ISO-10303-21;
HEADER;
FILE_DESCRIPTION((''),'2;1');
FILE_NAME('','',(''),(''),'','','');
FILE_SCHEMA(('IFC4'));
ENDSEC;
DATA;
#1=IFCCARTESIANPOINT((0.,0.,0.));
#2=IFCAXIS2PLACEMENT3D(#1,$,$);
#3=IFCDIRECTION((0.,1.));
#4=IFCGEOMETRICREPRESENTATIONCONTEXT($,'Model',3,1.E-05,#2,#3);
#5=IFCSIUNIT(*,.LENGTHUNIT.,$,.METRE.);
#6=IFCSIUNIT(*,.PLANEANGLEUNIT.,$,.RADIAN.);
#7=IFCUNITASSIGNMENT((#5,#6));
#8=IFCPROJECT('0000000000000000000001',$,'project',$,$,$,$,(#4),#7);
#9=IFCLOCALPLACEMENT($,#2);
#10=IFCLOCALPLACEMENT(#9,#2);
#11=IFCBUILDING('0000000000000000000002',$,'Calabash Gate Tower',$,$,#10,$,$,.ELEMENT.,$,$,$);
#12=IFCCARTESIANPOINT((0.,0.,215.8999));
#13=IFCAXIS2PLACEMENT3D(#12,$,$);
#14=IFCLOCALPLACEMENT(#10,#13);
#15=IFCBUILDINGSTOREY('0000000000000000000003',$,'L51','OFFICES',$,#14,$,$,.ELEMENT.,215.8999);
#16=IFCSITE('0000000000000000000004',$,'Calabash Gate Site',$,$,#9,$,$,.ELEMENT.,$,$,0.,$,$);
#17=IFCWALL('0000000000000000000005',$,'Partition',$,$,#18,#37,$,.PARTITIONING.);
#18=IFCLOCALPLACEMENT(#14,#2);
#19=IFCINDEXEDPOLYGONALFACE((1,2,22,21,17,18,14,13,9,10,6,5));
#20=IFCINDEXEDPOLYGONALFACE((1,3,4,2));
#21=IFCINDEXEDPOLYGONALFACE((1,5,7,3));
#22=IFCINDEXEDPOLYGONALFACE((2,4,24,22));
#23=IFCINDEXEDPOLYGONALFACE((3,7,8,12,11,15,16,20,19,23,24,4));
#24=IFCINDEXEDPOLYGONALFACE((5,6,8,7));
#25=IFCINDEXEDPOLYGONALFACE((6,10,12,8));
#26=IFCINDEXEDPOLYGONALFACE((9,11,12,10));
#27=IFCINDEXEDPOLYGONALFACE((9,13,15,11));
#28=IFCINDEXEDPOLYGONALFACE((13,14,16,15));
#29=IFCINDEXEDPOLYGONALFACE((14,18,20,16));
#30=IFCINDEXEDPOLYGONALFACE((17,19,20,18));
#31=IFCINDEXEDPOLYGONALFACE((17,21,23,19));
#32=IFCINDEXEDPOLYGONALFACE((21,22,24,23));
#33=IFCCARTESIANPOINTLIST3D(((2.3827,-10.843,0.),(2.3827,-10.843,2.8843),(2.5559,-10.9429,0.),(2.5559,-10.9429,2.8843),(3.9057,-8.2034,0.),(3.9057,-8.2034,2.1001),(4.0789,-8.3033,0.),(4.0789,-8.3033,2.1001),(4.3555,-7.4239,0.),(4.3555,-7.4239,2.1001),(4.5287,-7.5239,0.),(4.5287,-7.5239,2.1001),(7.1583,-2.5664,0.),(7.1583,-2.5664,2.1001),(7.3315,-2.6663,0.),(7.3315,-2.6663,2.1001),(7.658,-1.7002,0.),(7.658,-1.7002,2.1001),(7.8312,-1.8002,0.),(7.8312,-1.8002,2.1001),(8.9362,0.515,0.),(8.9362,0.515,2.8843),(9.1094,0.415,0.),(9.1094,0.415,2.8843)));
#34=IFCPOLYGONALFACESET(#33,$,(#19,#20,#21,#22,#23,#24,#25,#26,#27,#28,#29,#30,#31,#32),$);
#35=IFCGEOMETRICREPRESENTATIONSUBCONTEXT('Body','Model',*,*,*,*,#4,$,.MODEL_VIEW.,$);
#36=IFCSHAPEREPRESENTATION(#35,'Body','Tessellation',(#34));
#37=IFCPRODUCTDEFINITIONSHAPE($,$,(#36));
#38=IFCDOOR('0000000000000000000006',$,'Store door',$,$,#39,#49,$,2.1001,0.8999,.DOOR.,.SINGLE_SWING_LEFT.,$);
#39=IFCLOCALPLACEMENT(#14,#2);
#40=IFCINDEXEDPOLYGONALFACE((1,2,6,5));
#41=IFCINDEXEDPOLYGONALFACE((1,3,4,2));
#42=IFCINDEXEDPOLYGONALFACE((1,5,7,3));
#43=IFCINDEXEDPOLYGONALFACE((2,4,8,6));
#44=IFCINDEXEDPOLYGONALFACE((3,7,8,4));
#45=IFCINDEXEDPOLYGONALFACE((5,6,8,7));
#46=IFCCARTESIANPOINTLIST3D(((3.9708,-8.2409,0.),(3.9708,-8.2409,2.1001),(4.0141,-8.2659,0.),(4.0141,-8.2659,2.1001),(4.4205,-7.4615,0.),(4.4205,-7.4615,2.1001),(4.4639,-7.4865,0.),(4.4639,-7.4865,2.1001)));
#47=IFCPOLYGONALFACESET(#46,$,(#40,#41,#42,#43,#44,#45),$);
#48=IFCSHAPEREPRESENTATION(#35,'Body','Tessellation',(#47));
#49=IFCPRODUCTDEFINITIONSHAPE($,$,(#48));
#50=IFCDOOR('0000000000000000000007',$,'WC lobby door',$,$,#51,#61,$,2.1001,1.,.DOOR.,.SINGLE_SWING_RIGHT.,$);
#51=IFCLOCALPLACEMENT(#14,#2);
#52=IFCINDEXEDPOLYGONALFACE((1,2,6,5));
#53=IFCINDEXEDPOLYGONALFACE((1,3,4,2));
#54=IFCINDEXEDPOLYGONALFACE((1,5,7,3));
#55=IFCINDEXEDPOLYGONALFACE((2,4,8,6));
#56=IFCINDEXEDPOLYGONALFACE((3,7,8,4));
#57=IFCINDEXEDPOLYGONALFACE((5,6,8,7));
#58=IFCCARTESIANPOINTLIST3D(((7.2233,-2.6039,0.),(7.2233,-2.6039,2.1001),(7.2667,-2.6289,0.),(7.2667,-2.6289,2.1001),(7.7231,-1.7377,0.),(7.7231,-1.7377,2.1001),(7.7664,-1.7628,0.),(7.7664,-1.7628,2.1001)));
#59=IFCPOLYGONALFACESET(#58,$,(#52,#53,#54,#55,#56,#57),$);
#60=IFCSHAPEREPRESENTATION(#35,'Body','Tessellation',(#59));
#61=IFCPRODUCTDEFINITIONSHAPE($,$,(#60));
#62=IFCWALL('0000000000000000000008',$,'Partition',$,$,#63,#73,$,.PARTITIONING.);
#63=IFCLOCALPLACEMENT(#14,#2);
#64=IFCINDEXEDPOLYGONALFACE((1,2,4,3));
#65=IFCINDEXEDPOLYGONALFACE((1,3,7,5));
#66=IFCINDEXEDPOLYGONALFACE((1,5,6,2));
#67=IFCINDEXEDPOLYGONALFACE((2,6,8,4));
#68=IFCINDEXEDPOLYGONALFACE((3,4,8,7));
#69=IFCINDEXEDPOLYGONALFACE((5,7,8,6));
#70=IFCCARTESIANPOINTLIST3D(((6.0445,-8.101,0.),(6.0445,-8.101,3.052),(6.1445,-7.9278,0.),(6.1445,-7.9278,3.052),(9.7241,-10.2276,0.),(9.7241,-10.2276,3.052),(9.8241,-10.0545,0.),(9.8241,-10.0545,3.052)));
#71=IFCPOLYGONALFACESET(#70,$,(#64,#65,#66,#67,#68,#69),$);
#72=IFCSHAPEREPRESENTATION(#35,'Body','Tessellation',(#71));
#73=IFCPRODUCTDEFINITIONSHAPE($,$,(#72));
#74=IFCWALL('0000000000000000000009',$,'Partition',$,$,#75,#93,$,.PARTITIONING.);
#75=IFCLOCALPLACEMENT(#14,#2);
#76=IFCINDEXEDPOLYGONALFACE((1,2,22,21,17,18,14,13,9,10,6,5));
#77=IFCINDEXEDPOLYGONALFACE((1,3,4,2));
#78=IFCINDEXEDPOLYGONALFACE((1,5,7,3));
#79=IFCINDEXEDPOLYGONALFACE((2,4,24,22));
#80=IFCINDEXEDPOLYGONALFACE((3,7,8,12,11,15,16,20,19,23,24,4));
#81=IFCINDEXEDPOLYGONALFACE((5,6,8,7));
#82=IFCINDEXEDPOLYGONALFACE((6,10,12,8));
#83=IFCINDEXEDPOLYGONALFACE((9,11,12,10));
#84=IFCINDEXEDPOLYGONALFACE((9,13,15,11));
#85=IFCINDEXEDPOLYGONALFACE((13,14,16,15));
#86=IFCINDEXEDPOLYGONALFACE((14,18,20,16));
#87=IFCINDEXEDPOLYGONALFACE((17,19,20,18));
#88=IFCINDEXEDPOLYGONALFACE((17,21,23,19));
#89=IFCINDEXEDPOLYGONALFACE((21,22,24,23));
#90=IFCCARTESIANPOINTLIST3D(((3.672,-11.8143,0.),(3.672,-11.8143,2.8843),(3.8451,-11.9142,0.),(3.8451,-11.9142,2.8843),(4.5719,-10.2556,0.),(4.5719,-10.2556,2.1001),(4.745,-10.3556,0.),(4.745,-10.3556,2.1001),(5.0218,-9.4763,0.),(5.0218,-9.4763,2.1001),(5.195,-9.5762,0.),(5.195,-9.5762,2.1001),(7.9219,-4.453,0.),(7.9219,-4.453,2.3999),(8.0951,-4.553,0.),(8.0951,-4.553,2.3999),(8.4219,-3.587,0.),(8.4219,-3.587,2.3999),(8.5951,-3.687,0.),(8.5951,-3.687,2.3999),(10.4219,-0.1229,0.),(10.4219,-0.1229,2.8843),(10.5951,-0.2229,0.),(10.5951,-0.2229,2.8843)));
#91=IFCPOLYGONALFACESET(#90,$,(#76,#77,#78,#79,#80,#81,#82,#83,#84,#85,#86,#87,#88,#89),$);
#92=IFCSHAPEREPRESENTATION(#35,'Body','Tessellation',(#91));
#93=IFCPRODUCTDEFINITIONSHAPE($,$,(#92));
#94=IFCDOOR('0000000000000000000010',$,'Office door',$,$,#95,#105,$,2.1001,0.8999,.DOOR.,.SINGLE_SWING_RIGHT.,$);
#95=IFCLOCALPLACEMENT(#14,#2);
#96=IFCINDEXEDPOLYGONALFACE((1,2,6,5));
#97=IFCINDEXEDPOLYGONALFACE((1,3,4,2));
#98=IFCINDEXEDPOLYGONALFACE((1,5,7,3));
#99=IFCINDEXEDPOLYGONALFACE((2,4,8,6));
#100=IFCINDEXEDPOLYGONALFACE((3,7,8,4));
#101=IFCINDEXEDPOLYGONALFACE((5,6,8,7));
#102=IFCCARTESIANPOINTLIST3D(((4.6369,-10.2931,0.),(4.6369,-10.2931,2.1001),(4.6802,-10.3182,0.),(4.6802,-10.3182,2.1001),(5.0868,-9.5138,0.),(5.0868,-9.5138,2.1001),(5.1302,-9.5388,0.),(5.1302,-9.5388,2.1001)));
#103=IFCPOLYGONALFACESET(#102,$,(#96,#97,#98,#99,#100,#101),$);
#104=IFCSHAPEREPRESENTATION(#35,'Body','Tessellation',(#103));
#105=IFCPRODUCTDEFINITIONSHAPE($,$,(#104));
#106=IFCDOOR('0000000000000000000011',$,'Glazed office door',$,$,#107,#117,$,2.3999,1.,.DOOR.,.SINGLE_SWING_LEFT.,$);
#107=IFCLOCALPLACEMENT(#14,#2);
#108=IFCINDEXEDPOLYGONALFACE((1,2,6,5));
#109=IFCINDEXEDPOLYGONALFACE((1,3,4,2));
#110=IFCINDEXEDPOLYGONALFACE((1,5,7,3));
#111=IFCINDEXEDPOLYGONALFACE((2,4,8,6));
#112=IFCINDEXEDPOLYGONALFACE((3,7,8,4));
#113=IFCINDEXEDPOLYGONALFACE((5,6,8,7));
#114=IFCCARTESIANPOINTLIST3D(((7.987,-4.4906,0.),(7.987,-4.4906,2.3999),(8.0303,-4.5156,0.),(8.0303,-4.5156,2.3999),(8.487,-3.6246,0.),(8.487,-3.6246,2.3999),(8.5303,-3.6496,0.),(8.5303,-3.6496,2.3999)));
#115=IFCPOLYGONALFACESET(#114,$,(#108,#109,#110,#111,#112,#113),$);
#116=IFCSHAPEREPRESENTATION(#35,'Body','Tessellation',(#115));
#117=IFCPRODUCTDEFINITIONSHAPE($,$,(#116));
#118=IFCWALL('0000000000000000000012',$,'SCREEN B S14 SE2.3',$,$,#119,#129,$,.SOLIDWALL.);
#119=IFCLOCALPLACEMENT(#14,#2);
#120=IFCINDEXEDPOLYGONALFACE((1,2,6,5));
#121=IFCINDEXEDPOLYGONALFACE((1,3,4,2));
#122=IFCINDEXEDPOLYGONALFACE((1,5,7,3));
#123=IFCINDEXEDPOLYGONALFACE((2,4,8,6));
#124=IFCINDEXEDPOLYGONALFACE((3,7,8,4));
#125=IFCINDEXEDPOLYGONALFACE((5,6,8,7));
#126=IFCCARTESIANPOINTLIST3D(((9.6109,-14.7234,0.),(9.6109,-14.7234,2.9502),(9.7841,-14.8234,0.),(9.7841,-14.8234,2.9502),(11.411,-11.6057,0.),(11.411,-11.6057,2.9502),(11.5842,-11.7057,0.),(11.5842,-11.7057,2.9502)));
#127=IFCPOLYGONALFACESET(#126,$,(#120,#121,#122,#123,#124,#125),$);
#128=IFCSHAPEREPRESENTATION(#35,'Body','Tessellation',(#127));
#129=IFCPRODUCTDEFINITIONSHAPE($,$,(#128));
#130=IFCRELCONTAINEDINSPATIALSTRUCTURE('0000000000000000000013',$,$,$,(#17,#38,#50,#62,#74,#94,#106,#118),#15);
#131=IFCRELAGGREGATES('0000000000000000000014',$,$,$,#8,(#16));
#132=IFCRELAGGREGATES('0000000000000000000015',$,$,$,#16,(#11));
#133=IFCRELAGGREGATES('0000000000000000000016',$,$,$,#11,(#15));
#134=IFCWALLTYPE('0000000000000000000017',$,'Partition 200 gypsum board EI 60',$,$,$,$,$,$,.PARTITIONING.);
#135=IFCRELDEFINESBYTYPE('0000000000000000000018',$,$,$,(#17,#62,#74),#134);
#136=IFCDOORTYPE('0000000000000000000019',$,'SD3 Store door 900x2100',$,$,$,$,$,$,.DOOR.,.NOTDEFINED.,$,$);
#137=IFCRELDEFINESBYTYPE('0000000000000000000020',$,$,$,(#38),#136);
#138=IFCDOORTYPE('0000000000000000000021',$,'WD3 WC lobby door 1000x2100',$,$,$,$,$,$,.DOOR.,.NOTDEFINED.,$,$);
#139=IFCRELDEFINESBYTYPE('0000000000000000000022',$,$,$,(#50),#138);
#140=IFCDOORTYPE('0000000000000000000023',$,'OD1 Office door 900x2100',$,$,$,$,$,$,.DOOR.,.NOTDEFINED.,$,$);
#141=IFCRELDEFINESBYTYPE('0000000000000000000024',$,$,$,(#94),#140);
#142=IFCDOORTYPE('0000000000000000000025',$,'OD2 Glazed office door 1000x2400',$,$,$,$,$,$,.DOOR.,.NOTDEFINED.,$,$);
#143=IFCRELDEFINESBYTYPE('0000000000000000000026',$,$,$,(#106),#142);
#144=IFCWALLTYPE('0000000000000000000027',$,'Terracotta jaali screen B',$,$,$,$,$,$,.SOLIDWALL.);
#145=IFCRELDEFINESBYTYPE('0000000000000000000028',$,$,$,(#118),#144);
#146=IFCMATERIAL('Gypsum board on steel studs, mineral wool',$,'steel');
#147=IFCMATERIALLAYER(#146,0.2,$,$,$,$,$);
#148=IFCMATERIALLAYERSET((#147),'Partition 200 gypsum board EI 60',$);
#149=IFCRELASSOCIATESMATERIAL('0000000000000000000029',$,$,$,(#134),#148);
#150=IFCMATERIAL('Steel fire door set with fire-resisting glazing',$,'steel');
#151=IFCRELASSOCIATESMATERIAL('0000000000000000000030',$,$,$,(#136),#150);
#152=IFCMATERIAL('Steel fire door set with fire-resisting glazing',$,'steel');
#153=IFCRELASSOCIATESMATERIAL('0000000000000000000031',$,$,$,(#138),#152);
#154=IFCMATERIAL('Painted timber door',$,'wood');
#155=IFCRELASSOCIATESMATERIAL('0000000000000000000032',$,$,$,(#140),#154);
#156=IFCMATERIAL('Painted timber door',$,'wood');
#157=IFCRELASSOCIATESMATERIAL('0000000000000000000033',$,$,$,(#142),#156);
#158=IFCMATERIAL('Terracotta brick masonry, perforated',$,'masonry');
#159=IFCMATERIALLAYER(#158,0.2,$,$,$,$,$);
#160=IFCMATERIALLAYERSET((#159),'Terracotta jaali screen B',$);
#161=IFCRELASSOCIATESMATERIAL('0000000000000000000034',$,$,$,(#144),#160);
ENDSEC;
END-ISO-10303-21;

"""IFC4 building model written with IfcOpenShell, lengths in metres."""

from ifc_helpers import new_model, si_unit, direction, frame, frame_2d, origin, place, context, subcontext, project, spatial, rectangle, extrude, material, layer, layer_set, type_object, element, fill, save


model = new_model("IFC4")

# Units and contexts
model_context = context("Model", 3, precision=1e-05, world=origin(), true_north=direction((0.0, 1.0)))
body_context = subcontext(model_context, "Body", "Model", "MODEL_VIEW")
ifc_project = project(units=[si_unit("LENGTHUNIT", "METRE"), si_unit("PLANEANGLEUNIT", "RADIAN")], contexts=[model_context])

# Site, building, storey
site_placement = place(None, origin())
site = spatial("IfcSite", under=ifc_project, at=site_placement, Name="Calabash Gate Site", CompositionType="ELEMENT", RefElevation=0.0)
building_placement = place(site_placement, origin())
building = spatial("IfcBuilding", under=site, at=building_placement, Name="Calabash Gate Tower", CompositionType="ELEMENT")
storey_placement = place(building_placement, frame((0.0, 0.0, 215.8999)))
storey = spatial("IfcBuildingStorey", under=building, at=storey_placement, Name="L51", Description="OFFICES", CompositionType="ELEMENT", Elevation=215.8999)

# Shared definitions
ifc_material_1 = material(Name="Gypsum board on steel studs, mineral wool", Category="steel")
ifc_layer_1 = layer(ifc_material_1, 0.2)
ifc_layer_set_1 = layer_set([ifc_layer_1], Name="Partition 200 gypsum board EI 60")
wall_type_1 = type_object("IfcWallType", Name="Partition 200 gypsum board EI 60", PredefinedType="PARTITIONING", material=ifc_layer_set_1)

# Wall, openings, doors
wall_1_placement = place(storey_placement, frame((2.4692, -10.8931, 0.0), z_axis=(0.0, 0.0, 1.0), x_axis=(0.49977, 0.866158, 0.0)))
wall_1 = element("IfcWall", 1, at=wall_1_placement, inside=storey, type_object=wall_type_1, Name="Partition", PredefinedType="PARTITIONING", context=body_context, shape_type="SweptSolid", body=[
    extrude(rectangle(XDim=13.113, YDim=0.2, at=frame_2d((6.5566, 0.0))), origin(), (0.0, 0.0, 1.0), 2.8843),
])
opening_1_placement = place(wall_1_placement, frame((3.0476, 0.0, 0.0)))
opening_1 = element("IfcOpeningElement", 2, at=opening_1_placement, cuts=wall_1, PredefinedType="OPENING", context=body_context, shape_type="SweptSolid", body=[
    extrude(rectangle(XDim=0.8999, YDim=2.1001, at=frame_2d((0.45, 1.05))), frame((0.0, 0.1099, 0.0), z_axis=(0.0, -1.0, 0.0), x_axis=(1.0, 0.0, 0.0)), (0.0, 0.0, 1.0), 0.22),
])
opening_2_placement = place(wall_1_placement, frame((9.5557, 0.0, 0.0)))
opening_2 = element("IfcOpeningElement", 3, at=opening_2_placement, cuts=wall_1, PredefinedType="OPENING", context=body_context, shape_type="SweptSolid", body=[
    extrude(rectangle(XDim=1.0, YDim=2.1001, at=frame_2d((0.5, 1.05))), frame((0.0, 0.1099, 0.0), z_axis=(0.0, -1.0, 0.0), x_axis=(1.0, 0.0, 0.0)), (0.0, 0.0, 1.0), 0.22),
])
ifc_material_2 = material(Name="Steel fire door set with fire-resisting glazing", Category="steel")
door_type_1 = type_object("IfcDoorType", Name="SD3 Store door 900x2100", OperationType="NOTDEFINED", PredefinedType="DOOR", material=ifc_material_2)
door_1_placement = place(opening_1_placement, origin())
door_1 = element("IfcDoor", 4, at=door_1_placement, inside=storey, type_object=door_type_1, Name="Store door", OperationType="SINGLE_SWING_LEFT", OverallHeight=2.1001, OverallWidth=0.8999, PredefinedType="DOOR", context=body_context, shape_type="SweptSolid", body=[
    extrude(rectangle(XDim=0.8999, YDim=2.1001, at=frame_2d((0.45, 1.05))), frame((0.0, 0.0249, 0.0), z_axis=(0.0, -1.0, 0.0), x_axis=(1.0, 0.0, 0.0)), (0.0, 0.0, 1.0), 0.05),
])
fill(opening_1, door_1)
ifc_material_3 = material(Name="Steel fire door set with fire-resisting glazing", Category="steel")
door_type_2 = type_object("IfcDoorType", Name="WD3 WC lobby door 1000x2100", OperationType="NOTDEFINED", PredefinedType="DOOR", material=ifc_material_3)
door_2_placement = place(opening_2_placement, origin())
door_2 = element("IfcDoor", 5, at=door_2_placement, inside=storey, type_object=door_type_2, Name="WC lobby door", OperationType="SINGLE_SWING_RIGHT", OverallHeight=2.1001, OverallWidth=1.0, PredefinedType="DOOR", context=body_context, shape_type="SweptSolid", body=[
    extrude(rectangle(XDim=1.0, YDim=2.1001, at=frame_2d((0.5, 1.05))), frame((0.0, 0.0249, 0.0), z_axis=(0.0, -1.0, 0.0), x_axis=(1.0, 0.0, 0.0)), (0.0, 0.0, 1.0), 0.05),
])
fill(opening_2, door_2)

# Wall
wall_2_placement = place(storey_placement, frame((6.0945, -8.0144, 0.0), z_axis=(0.0, 0.0, 1.0), x_axis=(0.865797, -0.500395, 0.0)))
element("IfcWall", 6, at=wall_2_placement, inside=storey, type_object=wall_type_1, Name="Partition", PredefinedType="PARTITIONING", context=body_context, shape_type="SweptSolid", body=[
    extrude(rectangle(XDim=4.25, YDim=0.2, at=frame_2d((2.125, 0.0))), origin(), (0.0, 0.0, 1.0), 3.052),
])

# Wall, openings, doors
wall_3_placement = place(storey_placement, frame((3.7585, -11.8643, 0.0), z_axis=(0.0, 0.0, 1.0), x_axis=(0.499998, 0.866027, 0.0)))
wall_3 = element("IfcWall", 7, at=wall_3_placement, inside=storey, type_object=wall_type_1, Name="Partition", PredefinedType="PARTITIONING", context=body_context, shape_type="SweptSolid", body=[
    extrude(rectangle(XDim=13.5, YDim=0.2, at=frame_2d((6.75, 0.0))), origin(), (0.0, 0.0, 1.0), 2.8843),
])
opening_3_placement = place(wall_3_placement, frame((1.7998, 0.0, 0.0)))
opening_3 = element("IfcOpeningElement", 8, at=opening_3_placement, cuts=wall_3, PredefinedType="OPENING", context=body_context, shape_type="SweptSolid", body=[
    extrude(rectangle(XDim=0.8999, YDim=2.1001, at=frame_2d((0.45, 1.05))), frame((0.0, 0.1099, 0.0), z_axis=(0.0, -1.0, 0.0), x_axis=(1.0, 0.0, 0.0)), (0.0, 0.0, 1.0), 0.22),
])
opening_4_placement = place(wall_3_placement, frame((8.5, 0.0, 0.0)))
opening_4 = element("IfcOpeningElement", 9, at=opening_4_placement, cuts=wall_3, PredefinedType="OPENING", context=body_context, shape_type="SweptSolid", body=[
    extrude(rectangle(XDim=1.0, YDim=2.3999, at=frame_2d((0.5, 1.2))), frame((0.0, 0.1099, 0.0), z_axis=(0.0, -1.0, 0.0), x_axis=(1.0, 0.0, 0.0)), (0.0, 0.0, 1.0), 0.22),
])
ifc_material_4 = material(Name="Painted timber door", Category="wood")
door_type_3 = type_object("IfcDoorType", Name="OD1 Office door 900x2100", OperationType="NOTDEFINED", PredefinedType="DOOR", material=ifc_material_4)
door_3_placement = place(opening_3_placement, origin())
door_3 = element("IfcDoor", 10, at=door_3_placement, inside=storey, type_object=door_type_3, Name="Office door", OperationType="SINGLE_SWING_RIGHT", OverallHeight=2.1001, OverallWidth=0.8999, PredefinedType="DOOR", context=body_context, shape_type="SweptSolid", body=[
    extrude(rectangle(XDim=0.8999, YDim=2.1001, at=frame_2d((0.45, 1.05))), frame((0.0, 0.0249, 0.0), z_axis=(0.0, -1.0, 0.0), x_axis=(1.0, 0.0, 0.0)), (0.0, 0.0, 1.0), 0.05),
])
fill(opening_3, door_3)
ifc_material_5 = material(Name="Painted timber door", Category="wood")
door_type_4 = type_object("IfcDoorType", Name="OD2 Glazed office door 1000x2400", OperationType="NOTDEFINED", PredefinedType="DOOR", material=ifc_material_5)
door_4_placement = place(opening_4_placement, origin())
door_4 = element("IfcDoor", 11, at=door_4_placement, inside=storey, type_object=door_type_4, Name="Glazed office door", OperationType="SINGLE_SWING_LEFT", OverallHeight=2.3999, OverallWidth=1.0, PredefinedType="DOOR", context=body_context, shape_type="SweptSolid", body=[
    extrude(rectangle(XDim=1.0, YDim=2.3999, at=frame_2d((0.5, 1.2))), frame((0.0, 0.0249, 0.0), z_axis=(0.0, -1.0, 0.0), x_axis=(1.0, 0.0, 0.0)), (0.0, 0.0, 1.0), 0.05),
])
fill(opening_4, door_4)

# Wall
ifc_material_6 = material(Name="Terracotta brick masonry, perforated", Category="masonry")
ifc_layer_2 = layer(ifc_material_6, 0.2)
ifc_layer_set_2 = layer_set([ifc_layer_2], Name="Terracotta jaali screen B")
wall_type_2 = type_object("IfcWallType", Name="Terracotta jaali screen B", PredefinedType="SOLIDWALL", material=ifc_layer_set_2)
wall_4_placement = place(storey_placement, frame((9.6975, -14.7734, 0.0), z_axis=(0.0, 0.0, 1.0), x_axis=(0.500012, 0.866018, 0.0)))
element("IfcWall", 12, at=wall_4_placement, inside=storey, type_object=wall_type_2, Name="SCREEN B S14 SE2.3", PredefinedType="SOLIDWALL", context=body_context, shape_type="SweptSolid", body=[
    extrude(rectangle(XDim=3.6001, YDim=0.2, at=frame_2d((1.8, 0.0))), origin(), (0.0, 0.0, 1.0), 2.9502),
])

save(model, "model.ifc")
